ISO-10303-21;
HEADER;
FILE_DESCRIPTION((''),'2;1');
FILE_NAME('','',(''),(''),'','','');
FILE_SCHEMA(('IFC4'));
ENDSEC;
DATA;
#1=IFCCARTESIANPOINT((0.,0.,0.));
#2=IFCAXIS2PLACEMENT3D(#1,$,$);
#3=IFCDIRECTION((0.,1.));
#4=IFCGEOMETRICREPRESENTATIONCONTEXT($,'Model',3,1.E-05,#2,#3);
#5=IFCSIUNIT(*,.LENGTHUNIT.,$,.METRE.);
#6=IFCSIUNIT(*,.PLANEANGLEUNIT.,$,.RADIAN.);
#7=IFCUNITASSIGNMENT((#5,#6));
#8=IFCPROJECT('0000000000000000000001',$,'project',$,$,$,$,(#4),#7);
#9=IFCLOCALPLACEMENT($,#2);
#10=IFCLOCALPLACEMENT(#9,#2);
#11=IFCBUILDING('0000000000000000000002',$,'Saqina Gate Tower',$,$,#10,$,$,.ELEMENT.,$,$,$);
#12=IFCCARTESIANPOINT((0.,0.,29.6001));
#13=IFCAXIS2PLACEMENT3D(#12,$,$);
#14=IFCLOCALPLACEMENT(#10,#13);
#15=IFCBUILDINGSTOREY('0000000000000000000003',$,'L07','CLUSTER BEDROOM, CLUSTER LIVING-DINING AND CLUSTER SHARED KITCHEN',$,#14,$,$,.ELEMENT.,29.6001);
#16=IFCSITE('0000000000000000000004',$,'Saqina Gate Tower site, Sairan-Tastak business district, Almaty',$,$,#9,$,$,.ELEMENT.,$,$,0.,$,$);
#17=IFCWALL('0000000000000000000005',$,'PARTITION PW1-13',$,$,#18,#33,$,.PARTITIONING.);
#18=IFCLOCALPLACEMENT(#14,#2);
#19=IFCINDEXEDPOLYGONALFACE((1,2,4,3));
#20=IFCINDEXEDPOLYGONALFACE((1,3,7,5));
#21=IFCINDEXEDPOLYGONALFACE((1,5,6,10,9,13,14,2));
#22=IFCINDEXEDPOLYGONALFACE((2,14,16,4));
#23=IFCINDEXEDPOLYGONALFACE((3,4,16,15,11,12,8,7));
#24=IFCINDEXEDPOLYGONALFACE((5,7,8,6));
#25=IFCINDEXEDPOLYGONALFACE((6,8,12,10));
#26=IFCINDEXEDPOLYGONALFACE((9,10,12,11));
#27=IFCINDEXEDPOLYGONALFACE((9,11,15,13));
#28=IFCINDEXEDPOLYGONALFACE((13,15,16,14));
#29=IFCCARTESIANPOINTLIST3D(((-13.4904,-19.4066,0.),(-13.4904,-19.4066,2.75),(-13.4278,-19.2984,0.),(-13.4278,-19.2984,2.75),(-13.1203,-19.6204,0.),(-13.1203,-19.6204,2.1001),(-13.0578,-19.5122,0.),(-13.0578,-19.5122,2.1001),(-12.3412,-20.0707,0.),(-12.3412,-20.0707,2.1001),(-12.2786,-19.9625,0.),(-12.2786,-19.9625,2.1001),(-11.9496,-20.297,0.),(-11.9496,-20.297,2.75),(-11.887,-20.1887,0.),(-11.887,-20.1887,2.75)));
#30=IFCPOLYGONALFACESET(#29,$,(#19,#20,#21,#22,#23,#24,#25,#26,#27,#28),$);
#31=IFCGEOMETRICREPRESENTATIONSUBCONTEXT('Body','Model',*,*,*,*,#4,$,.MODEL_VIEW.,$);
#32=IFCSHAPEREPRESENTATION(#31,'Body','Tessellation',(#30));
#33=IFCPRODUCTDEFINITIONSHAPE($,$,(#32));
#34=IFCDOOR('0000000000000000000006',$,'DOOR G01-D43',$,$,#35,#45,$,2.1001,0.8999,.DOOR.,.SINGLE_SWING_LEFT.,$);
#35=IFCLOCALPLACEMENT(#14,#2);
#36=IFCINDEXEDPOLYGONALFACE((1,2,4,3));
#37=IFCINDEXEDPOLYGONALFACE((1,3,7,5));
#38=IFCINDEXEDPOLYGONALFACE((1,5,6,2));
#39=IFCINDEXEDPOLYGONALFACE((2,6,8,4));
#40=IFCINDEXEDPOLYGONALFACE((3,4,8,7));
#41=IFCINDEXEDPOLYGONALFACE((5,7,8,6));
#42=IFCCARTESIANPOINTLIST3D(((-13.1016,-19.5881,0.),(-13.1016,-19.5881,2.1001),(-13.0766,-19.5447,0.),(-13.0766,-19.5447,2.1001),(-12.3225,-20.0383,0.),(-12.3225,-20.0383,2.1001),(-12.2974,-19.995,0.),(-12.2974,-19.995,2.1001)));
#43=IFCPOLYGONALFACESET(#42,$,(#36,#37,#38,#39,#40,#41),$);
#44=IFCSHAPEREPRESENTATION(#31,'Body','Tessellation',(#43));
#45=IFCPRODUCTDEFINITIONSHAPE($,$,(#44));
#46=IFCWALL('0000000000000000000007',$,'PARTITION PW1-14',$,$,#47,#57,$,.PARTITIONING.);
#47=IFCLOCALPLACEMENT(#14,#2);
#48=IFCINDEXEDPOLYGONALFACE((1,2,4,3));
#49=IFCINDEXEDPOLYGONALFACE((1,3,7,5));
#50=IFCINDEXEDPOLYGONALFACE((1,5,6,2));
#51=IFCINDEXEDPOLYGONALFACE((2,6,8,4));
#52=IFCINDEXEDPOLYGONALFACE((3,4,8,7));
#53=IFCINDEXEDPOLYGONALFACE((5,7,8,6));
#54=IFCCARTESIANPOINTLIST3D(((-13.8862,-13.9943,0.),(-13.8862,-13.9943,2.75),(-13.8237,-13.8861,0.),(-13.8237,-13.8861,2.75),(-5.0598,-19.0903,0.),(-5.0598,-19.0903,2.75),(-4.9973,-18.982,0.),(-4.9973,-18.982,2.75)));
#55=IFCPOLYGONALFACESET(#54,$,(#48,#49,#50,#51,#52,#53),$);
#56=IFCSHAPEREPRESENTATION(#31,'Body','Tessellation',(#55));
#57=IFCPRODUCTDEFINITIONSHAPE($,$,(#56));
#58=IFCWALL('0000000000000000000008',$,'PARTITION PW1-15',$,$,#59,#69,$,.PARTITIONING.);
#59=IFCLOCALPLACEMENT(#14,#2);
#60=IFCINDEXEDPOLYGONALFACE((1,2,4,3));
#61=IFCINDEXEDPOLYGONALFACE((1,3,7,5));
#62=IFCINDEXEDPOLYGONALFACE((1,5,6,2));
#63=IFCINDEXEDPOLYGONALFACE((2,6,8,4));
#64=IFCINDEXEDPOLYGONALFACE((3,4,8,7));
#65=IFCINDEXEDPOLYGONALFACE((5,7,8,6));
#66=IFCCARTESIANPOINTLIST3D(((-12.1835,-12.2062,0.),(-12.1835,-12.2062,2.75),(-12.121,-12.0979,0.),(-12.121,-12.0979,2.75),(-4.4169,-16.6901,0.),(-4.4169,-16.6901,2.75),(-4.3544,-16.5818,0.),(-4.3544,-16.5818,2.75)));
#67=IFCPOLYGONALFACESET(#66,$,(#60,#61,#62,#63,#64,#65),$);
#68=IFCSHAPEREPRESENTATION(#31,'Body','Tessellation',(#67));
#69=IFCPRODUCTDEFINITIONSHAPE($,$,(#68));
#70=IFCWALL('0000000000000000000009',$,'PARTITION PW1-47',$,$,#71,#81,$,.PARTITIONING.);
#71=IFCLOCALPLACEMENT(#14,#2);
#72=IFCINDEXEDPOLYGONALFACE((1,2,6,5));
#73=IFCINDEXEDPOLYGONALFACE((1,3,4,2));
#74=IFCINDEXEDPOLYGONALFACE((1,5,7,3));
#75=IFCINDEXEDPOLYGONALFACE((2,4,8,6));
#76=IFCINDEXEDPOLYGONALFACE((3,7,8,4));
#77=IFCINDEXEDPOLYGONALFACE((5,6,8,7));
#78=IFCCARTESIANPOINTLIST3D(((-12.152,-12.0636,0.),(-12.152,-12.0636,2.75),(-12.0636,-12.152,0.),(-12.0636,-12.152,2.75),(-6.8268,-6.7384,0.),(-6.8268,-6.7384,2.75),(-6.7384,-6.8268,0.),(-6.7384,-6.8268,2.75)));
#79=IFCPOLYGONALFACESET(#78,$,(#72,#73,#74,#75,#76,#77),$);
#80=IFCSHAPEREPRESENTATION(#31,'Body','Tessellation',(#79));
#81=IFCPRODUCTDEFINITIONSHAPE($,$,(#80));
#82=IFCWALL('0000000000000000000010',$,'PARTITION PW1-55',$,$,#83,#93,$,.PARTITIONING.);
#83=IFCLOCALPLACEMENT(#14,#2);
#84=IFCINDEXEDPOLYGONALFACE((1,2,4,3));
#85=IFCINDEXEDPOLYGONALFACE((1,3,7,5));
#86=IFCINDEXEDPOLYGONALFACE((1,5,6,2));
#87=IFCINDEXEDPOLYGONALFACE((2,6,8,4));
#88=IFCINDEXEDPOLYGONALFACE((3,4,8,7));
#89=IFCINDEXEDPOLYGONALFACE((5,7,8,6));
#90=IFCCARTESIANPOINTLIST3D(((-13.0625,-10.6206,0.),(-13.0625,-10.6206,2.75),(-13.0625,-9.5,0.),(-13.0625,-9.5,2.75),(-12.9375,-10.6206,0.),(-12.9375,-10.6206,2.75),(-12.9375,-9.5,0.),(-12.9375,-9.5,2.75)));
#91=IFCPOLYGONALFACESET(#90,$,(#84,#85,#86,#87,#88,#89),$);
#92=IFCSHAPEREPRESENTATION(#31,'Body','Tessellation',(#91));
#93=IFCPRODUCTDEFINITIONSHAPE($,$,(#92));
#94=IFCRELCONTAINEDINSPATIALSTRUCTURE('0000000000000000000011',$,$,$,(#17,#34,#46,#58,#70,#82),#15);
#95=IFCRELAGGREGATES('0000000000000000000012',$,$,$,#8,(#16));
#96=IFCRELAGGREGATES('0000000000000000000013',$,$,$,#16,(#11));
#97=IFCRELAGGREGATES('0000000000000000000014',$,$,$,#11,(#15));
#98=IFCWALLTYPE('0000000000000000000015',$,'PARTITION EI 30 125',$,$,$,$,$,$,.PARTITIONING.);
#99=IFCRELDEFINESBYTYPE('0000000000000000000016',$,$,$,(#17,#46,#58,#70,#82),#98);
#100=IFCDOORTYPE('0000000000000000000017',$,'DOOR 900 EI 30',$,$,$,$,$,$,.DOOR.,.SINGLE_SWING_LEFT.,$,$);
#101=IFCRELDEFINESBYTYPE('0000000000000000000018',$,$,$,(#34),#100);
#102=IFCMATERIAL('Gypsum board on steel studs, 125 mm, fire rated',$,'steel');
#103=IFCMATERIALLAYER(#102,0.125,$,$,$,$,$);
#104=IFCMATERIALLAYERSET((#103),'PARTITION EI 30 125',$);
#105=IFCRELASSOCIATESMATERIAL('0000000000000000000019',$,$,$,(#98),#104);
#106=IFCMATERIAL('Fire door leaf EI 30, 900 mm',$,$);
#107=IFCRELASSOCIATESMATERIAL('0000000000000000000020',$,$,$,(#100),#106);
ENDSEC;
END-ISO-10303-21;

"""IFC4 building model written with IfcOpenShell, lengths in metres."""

from ifc_helpers import new_model, si_unit, direction, frame, frame_2d, origin, place, context, subcontext, project, spatial, rectangle, extrude, material, layer, layer_set, type_object, element, fill, save


model = new_model("IFC4")

# Units and contexts
model_context = context("Model", 3, precision=1e-05, world=origin(), true_north=direction((0.0, 1.0)))
body_context = subcontext(model_context, "Body", "Model", "MODEL_VIEW")
ifc_project = project(units=[si_unit("LENGTHUNIT", "METRE"), si_unit("PLANEANGLEUNIT", "RADIAN")], contexts=[model_context])

# Site, building, storey
site_placement = place(None, origin())
site = spatial("IfcSite", under=ifc_project, at=site_placement, Name="Saqina Gate Tower site, Sairan-Tastak business district, Almaty", CompositionType="ELEMENT", RefElevation=0.0)
building_placement = place(site_placement, origin())
building = spatial("IfcBuilding", under=site, at=building_placement, Name="Saqina Gate Tower", CompositionType="ELEMENT")
storey_placement = place(building_placement, frame((0.0, 0.0, 29.6001)))
storey = spatial("IfcBuildingStorey", under=building, at=storey_placement, Name="L07", Description="CLUSTER BEDROOM, CLUSTER LIVING-DINING AND CLUSTER SHARED KITCHEN", CompositionType="ELEMENT", Elevation=29.6001)

# Wall, opening, door
ifc_material_1 = material(Name="Gypsum board on steel studs, 125 mm, fire rated", Category="steel")
ifc_layer_1 = layer(ifc_material_1, 0.125)
ifc_layer_set_1 = layer_set([ifc_layer_1], Name="PARTITION EI 30 125")
wall_type_1 = type_object("IfcWallType", Name="PARTITION EI 30 125", PredefinedType="PARTITIONING", material=ifc_layer_set_1)
wall_1_placement = place(storey_placement, frame((-13.459, -19.3525, 0.0), z_axis=(0.0, 0.0, 1.0), x_axis=(0.865827, -0.500344, 0.0)))
wall_1 = element("IfcWall", 1, at=wall_1_placement, inside=storey, type_object=wall_type_1, Name="PARTITION PW1-13", PredefinedType="PARTITIONING", context=body_context, shape_type="SweptSolid", body=[
    extrude(rectangle(XDim=1.7795, YDim=0.125, at=frame_2d((0.8896, 0.0))), origin(), (0.0, 0.0, 1.0), 2.75),
])
opening_1_placement = place(wall_1_placement, frame((0.4272, 0.0, 0.0)))
opening_1 = element("IfcOpeningElement", 2, at=opening_1_placement, cuts=wall_1, PredefinedType="OPENING", context=body_context, shape_type="SweptSolid", body=[
    extrude(rectangle(XDim=0.8999, YDim=2.1001, at=frame_2d((0.45, 1.05))), frame((0.0, 0.0745, 0.0), z_axis=(0.0, -1.0, 0.0), x_axis=(1.0, 0.0, 0.0)), (0.0, 0.0, 1.0), 0.1489),
])
ifc_material_2 = material(Name="Fire door leaf EI 30, 900 mm")
door_type_1 = type_object("IfcDoorType", Name="DOOR 900 EI 30", OperationType="SINGLE_SWING_LEFT", PredefinedType="DOOR", material=ifc_material_2)
door_1_placement = place(opening_1_placement, origin())
door_1 = element("IfcDoor", 3, at=door_1_placement, inside=storey, type_object=door_type_1, Name="DOOR G01-D43", OperationType="SINGLE_SWING_LEFT", OverallHeight=2.1001, OverallWidth=0.8999, PredefinedType="DOOR", context=body_context, shape_type="SweptSolid", body=[
    extrude(rectangle(XDim=0.8999, YDim=2.1001, at=frame_2d((0.45, 1.05))), frame((0.0, 0.0249, 0.0), z_axis=(0.0, -1.0, 0.0), x_axis=(1.0, 0.0, 0.0)), (0.0, 0.0, 1.0), 0.05),
])
fill(opening_1, door_1)

# Walls
wall_2_placement = place(storey_placement, frame((-13.855, -13.9402, 0.0), z_axis=(0.0, 0.0, 1.0), x_axis=(0.866025, -0.500001, 0.0)))
element("IfcWall", 4, at=wall_2_placement, inside=storey, type_object=wall_type_1, Name="PARTITION PW1-14", PredefinedType="PARTITIONING", context=body_context, shape_type="SweptSolid", body=[
    extrude(rectangle(XDim=10.1919, YDim=0.125, at=frame_2d((5.0959, 0.0))), origin(), (0.0, 0.0, 1.0), 2.75),
])
wall_3_placement = place(storey_placement, frame((-12.1521, -12.1521, 0.0), z_axis=(0.0, 0.0, 1.0), x_axis=(0.866033, -0.499986, 0.0)))
element("IfcWall", 5, at=wall_3_placement, inside=storey, type_object=wall_type_1, Name="PARTITION PW1-15", PredefinedType="PARTITIONING", context=body_context, shape_type="SweptSolid", body=[
    extrude(rectangle(XDim=8.968, YDim=0.125, at=frame_2d((4.4839, 0.0))), origin(), (0.0, 0.0, 1.0), 2.75),
])
wall_4_placement = place(storey_placement, frame((-12.1079, -12.1079, 0.0), z_axis=(0.0, 0.0, 1.0), x_axis=(0.707107, 0.707107, 0.0)))
element("IfcWall", 6, at=wall_4_placement, inside=storey, type_object=wall_type_1, Name="PARTITION PW1-47", PredefinedType="PARTITIONING", context=body_context, shape_type="SweptSolid", body=[
    extrude(rectangle(XDim=7.531, YDim=0.125, at=frame_2d((3.7656, 0.0))), origin(), (0.0, 0.0, 1.0), 2.75),
])
wall_5_placement = place(storey_placement, frame((-13.0, -10.6206, 0.0), z_axis=(0.0, 0.0, 1.0), x_axis=(0.0, 1.0, 0.0)))
element("IfcWall", 7, at=wall_5_placement, inside=storey, type_object=wall_type_1, Name="PARTITION PW1-55", PredefinedType="PARTITIONING", context=body_context, shape_type="SweptSolid", body=[
    extrude(rectangle(XDim=1.1206, YDim=0.125, at=frame_2d((0.5603, 0.0))), origin(), (0.0, 0.0, 1.0), 2.75),
])

save(model, "model.ifc")
